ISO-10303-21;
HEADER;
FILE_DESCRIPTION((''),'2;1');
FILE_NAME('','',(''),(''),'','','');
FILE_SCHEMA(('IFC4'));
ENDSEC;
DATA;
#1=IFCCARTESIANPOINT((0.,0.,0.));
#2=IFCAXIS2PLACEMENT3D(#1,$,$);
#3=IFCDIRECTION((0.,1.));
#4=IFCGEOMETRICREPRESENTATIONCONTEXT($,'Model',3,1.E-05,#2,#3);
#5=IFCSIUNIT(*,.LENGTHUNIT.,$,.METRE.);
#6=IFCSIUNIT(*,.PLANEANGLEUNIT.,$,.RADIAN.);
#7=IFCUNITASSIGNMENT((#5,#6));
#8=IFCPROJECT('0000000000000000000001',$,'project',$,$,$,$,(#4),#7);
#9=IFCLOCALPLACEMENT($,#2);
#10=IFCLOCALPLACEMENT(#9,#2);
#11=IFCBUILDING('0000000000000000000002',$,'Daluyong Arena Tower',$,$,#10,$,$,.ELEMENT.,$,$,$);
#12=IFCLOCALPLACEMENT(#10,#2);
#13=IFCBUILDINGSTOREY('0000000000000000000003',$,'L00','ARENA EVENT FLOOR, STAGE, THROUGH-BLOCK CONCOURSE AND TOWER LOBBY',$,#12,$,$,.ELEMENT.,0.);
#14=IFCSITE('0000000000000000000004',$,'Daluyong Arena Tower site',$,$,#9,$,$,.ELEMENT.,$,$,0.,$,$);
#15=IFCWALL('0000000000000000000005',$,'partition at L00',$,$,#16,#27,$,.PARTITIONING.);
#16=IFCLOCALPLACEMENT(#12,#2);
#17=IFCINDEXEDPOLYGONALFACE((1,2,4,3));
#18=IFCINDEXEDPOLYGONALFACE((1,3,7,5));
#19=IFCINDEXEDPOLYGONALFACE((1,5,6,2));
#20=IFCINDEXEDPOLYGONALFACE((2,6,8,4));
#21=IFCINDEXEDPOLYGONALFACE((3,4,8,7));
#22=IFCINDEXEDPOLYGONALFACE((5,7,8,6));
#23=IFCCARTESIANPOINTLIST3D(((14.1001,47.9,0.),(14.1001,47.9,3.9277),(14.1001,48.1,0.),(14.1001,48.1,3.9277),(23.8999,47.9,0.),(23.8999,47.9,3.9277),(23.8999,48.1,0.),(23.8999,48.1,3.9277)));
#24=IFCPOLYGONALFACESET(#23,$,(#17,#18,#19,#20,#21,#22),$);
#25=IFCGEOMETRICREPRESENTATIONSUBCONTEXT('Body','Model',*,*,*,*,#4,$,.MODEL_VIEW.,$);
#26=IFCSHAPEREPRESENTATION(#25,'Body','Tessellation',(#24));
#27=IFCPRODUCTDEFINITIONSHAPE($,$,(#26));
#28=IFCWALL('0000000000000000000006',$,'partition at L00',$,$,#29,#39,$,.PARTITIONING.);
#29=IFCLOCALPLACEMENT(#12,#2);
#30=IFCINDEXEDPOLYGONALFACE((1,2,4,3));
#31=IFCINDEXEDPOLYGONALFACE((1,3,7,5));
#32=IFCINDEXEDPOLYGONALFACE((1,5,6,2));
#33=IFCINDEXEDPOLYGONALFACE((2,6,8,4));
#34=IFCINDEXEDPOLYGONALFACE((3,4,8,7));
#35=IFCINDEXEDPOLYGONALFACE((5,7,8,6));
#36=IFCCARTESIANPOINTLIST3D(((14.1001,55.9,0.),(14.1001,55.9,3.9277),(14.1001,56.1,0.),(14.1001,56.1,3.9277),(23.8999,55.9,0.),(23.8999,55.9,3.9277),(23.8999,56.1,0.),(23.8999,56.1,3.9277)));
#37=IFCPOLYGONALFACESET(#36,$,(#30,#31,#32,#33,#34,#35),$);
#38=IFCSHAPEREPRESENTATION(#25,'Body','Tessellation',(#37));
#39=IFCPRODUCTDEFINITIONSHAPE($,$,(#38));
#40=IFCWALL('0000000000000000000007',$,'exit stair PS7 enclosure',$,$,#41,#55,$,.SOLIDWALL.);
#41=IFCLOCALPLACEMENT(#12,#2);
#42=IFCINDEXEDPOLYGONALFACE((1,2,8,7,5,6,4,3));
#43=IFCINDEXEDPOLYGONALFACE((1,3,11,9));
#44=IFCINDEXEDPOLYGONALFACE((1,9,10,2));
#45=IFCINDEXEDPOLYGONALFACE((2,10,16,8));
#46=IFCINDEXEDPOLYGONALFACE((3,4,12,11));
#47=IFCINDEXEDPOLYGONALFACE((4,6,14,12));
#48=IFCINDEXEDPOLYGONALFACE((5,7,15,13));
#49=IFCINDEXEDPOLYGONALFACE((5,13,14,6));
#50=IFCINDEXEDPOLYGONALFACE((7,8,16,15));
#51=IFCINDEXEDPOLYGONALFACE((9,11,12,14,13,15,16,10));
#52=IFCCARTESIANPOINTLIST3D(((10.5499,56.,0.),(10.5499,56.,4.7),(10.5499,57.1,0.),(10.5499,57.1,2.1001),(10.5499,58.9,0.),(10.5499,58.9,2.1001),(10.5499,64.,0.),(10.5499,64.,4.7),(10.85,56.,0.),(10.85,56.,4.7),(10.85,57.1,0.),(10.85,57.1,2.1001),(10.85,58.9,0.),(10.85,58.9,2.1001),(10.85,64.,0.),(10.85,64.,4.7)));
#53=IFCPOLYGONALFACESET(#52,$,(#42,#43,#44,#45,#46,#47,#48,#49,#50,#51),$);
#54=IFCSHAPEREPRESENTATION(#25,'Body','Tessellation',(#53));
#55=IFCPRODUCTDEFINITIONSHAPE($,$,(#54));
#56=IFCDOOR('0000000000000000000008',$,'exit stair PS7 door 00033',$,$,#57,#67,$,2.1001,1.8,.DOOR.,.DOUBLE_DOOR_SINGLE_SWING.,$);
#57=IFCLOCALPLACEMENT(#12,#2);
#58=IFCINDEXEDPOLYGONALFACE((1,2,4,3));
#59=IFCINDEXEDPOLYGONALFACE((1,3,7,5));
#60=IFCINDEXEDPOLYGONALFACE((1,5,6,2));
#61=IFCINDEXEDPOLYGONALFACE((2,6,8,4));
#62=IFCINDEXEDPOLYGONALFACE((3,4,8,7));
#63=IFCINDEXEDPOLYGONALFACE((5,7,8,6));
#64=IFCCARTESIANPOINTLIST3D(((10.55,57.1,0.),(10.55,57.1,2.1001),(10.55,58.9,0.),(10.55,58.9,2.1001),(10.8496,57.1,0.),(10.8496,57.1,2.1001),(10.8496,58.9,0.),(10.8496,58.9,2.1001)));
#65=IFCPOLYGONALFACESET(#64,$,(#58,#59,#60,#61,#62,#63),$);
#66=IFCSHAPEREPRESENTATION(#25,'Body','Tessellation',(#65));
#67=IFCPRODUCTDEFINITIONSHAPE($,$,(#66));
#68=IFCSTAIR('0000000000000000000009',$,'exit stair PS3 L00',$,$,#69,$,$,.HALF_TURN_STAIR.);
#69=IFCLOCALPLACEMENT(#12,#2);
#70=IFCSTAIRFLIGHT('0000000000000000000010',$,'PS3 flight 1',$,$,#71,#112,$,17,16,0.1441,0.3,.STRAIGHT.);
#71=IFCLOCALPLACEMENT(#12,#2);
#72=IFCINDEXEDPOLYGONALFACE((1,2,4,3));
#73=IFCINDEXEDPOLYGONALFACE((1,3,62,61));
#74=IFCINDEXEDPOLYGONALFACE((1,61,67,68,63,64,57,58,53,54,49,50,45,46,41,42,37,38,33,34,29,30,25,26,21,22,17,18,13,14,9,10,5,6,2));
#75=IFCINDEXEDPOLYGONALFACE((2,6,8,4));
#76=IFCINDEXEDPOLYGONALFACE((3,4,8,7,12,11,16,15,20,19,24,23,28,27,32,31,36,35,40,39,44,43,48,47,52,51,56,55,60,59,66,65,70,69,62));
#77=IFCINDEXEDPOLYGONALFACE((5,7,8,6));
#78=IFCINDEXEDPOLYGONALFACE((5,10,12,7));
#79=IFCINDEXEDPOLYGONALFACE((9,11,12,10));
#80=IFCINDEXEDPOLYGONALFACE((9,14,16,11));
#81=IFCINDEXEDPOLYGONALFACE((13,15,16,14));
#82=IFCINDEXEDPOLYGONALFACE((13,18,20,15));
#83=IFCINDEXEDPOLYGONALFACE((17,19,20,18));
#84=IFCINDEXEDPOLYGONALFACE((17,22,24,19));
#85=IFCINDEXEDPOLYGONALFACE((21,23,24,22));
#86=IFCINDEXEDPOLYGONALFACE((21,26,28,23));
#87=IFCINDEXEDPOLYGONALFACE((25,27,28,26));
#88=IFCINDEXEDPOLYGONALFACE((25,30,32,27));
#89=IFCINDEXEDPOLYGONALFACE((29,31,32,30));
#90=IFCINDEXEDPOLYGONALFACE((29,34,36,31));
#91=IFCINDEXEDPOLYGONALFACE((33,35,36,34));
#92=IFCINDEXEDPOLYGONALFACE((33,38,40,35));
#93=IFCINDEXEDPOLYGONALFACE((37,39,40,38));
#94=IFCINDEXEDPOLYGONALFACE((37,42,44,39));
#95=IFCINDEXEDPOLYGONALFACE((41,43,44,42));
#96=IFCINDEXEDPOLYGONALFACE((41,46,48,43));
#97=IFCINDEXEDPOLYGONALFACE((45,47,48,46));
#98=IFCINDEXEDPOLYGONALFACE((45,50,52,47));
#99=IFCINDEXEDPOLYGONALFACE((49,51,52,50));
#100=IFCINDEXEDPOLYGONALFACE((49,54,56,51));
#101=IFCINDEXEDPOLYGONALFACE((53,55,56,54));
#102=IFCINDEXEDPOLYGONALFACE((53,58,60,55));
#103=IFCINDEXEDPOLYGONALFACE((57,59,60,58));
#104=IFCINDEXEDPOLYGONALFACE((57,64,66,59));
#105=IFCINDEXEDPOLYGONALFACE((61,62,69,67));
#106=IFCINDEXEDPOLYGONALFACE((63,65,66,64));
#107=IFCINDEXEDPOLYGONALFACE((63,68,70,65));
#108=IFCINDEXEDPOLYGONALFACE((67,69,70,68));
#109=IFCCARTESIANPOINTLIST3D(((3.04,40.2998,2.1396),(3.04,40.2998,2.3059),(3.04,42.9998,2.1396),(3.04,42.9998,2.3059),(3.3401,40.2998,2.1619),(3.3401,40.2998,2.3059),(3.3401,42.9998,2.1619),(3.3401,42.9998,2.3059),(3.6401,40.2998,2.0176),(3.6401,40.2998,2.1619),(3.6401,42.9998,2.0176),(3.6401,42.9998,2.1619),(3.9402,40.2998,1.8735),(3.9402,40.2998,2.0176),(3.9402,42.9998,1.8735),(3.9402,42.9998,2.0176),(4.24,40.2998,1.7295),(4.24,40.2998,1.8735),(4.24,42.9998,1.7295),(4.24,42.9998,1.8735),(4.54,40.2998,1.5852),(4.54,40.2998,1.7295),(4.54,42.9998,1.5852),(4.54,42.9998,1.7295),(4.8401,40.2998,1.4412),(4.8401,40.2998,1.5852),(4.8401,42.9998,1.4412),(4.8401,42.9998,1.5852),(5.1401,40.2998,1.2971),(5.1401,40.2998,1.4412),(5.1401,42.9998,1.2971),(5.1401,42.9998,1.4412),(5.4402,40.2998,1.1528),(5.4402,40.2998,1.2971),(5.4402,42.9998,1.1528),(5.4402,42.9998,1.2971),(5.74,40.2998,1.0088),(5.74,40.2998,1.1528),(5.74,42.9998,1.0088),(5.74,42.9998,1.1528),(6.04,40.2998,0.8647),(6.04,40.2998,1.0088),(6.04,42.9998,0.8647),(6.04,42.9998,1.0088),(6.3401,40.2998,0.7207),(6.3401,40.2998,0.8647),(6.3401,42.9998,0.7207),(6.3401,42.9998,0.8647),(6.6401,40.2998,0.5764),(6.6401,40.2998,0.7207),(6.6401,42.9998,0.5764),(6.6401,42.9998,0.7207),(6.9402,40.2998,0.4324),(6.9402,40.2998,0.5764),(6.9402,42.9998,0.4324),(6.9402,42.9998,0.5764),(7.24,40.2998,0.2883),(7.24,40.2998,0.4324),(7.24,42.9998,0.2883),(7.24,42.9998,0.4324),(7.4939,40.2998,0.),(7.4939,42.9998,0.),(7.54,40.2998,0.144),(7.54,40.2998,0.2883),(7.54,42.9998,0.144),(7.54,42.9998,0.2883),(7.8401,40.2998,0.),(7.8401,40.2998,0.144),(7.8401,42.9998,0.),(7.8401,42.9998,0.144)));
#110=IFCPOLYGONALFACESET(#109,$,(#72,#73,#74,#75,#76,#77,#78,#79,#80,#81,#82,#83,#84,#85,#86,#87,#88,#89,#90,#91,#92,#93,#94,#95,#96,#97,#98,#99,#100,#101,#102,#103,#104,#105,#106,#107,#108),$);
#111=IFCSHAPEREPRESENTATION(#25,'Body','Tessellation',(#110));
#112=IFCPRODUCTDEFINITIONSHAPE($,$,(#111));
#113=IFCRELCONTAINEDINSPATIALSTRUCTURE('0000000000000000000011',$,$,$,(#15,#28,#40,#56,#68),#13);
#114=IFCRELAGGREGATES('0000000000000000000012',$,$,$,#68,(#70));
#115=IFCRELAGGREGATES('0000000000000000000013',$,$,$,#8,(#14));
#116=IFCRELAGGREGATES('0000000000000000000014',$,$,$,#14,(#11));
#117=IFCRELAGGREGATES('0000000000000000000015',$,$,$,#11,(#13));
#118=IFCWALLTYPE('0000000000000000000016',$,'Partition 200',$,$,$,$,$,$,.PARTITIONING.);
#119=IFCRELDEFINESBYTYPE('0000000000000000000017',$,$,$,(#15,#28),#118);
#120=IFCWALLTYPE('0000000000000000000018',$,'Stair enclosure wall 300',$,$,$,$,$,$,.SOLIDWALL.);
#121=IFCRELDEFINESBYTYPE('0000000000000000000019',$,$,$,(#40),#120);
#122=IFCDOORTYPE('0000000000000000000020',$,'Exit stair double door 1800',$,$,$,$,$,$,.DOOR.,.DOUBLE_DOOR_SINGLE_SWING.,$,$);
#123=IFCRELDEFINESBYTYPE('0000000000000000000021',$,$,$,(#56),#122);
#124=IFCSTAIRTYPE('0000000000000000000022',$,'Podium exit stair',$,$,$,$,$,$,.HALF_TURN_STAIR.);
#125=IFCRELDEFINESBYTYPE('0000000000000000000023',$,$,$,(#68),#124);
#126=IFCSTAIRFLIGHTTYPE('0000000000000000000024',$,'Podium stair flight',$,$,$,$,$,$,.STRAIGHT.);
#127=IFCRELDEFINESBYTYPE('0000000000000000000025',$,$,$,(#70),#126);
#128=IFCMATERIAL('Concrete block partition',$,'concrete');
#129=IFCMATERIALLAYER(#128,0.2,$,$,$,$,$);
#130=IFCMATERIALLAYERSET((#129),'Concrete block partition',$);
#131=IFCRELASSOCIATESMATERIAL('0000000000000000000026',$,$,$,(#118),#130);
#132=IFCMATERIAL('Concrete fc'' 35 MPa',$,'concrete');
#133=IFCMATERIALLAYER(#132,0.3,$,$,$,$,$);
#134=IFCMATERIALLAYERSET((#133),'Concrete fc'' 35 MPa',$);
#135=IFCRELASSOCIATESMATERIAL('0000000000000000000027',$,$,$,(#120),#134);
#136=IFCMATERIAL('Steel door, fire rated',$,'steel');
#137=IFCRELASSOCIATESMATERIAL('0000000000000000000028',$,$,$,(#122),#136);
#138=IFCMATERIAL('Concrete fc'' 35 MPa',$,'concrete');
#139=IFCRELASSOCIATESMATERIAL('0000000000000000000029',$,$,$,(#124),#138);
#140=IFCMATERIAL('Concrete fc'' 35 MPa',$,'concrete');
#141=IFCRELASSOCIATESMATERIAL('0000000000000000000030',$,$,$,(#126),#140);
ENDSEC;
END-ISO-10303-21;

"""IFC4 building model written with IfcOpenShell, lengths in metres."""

from ifc_helpers import new_model, si_unit, direction, frame, frame_2d, origin, place, context, subcontext, project, spatial, polyline, rectangle, outline, extrude, material, layer, layer_set, type_object, element, fill, aggregate, save


model = new_model("IFC4")

# Units and contexts
model_context = context("Model", 3, precision=1e-05, world=origin(), true_north=direction((0.0, 1.0)))
body_context = subcontext(model_context, "Body", "Model", "MODEL_VIEW")
ifc_project = project(units=[si_unit("LENGTHUNIT", "METRE"), si_unit("PLANEANGLEUNIT", "RADIAN")], contexts=[model_context])

# Site, building, storey
site_placement = place(None, origin())
site = spatial("IfcSite", under=ifc_project, at=site_placement, Name="Daluyong Arena Tower site", CompositionType="ELEMENT", RefElevation=0.0)
building_placement = place(site_placement, origin())
building = spatial("IfcBuilding", under=site, at=building_placement, Name="Daluyong Arena Tower", CompositionType="ELEMENT")
storey_placement = place(building_placement, origin())
storey = spatial("IfcBuildingStorey", under=building, at=storey_placement, Name="L00", Description="ARENA EVENT FLOOR, STAGE, THROUGH-BLOCK CONCOURSE AND TOWER LOBBY", CompositionType="ELEMENT", Elevation=0.0)

# Walls
ifc_material_1 = material(Name="Concrete block partition", Category="concrete")
ifc_layer_1 = layer(ifc_material_1, 0.2)
ifc_layer_set_1 = layer_set([ifc_layer_1], Name="Concrete block partition")
wall_type_1 = type_object("IfcWallType", Name="Partition 200", PredefinedType="PARTITIONING", material=ifc_layer_set_1)
for number, where, z_axis, x_axis, name in (
    (1, (14.1001, 48.0, 0.0), (0.0, 0.0, 1.0), (1.0, 0.0, 0.0), "partition at L00"),
    (2, (14.1001, 56.0, 0.0), (0.0, 0.0, 1.0), (1.0, 0.0, 0.0), "partition at L00"),
):
    element("IfcWall", number, at=place(storey_placement, frame(where, z_axis=z_axis, x_axis=x_axis)), inside=storey, type_object=wall_type_1, Name=name, PredefinedType="PARTITIONING", context=body_context, shape_type="SweptSolid", body=[
        extrude(rectangle(XDim=9.7998, YDim=0.2, at=frame_2d((4.8999, 0.0))), origin(), (0.0, 0.0, 1.0), 3.9277),
    ])

# Wall, opening, door
ifc_material_2 = material(Name="Concrete fc' 35 MPa", Category="concrete")
ifc_layer_2 = layer(ifc_material_2, 0.3)
ifc_layer_set_2 = layer_set([ifc_layer_2], Name="Concrete fc' 35 MPa")
wall_type_2 = type_object("IfcWallType", Name="Stair enclosure wall 300", PredefinedType="SOLIDWALL", material=ifc_layer_set_2)
wall_1_placement = place(storey_placement, frame((10.7, 56.0, 0.0), z_axis=(0.0, 0.0, 1.0), x_axis=(0.0, 1.0, 0.0)))
wall_1 = element("IfcWall", 3, at=wall_1_placement, inside=storey, type_object=wall_type_2, Name="exit stair PS7 enclosure", PredefinedType="SOLIDWALL", context=body_context, shape_type="SweptSolid", body=[
    extrude(rectangle(XDim=8.0, YDim=0.3, at=frame_2d((4.0, 0.0))), origin(), (0.0, 0.0, 1.0), 4.7),
])
opening_placement = place(wall_1_placement, frame((1.1001, 0.0, 0.0)))
opening = element("IfcOpeningElement", 4, at=opening_placement, cuts=wall_1, PredefinedType="OPENING", context=body_context, shape_type="SweptSolid", body=[
    extrude(rectangle(XDim=1.8, YDim=2.1001, at=frame_2d((0.8999, 1.05))), frame((0.0, 0.1599, 0.0), z_axis=(0.0, -1.0, 0.0), x_axis=(1.0, 0.0, 0.0)), (0.0, 0.0, 1.0), 0.3201),
])
ifc_material_3 = material(Name="Steel door, fire rated", Category="steel")
door_type = type_object("IfcDoorType", Name="Exit stair double door 1800", OperationType="DOUBLE_DOOR_SINGLE_SWING", PredefinedType="DOOR", material=ifc_material_3)
door_placement = place(opening_placement, origin())
door = element("IfcDoor", 5, at=door_placement, inside=storey, type_object=door_type, Name="exit stair PS7 door 00033", OperationType="DOUBLE_DOOR_SINGLE_SWING", OverallHeight=2.1001, OverallWidth=1.8, PredefinedType="DOOR", context=body_context, shape_type="SweptSolid", body=[
    extrude(rectangle(XDim=1.8, YDim=2.1001, at=frame_2d((0.8999, 1.05))), frame((0.0, 0.1499, 0.0), z_axis=(0.0, -1.0, 0.0), x_axis=(1.0, 0.0, 0.0)), (0.0, 0.0, 1.0), 0.2996),
])
fill(opening, door)

# Stair, stair flight
ifc_material_4 = material(Name="Concrete fc' 35 MPa", Category="concrete")
stair_type = type_object("IfcStairType", Name="Podium exit stair", PredefinedType="HALF_TURN_STAIR", material=ifc_material_4)
stair_placement = place(storey_placement, origin())
stair = element("IfcStair", 6, at=stair_placement, inside=storey, type_object=stair_type, Name="exit stair PS3 L00", PredefinedType="HALF_TURN_STAIR")
ifc_material_5 = material(Name="Concrete fc' 35 MPa", Category="concrete")
stair_flight_type = type_object("IfcStairFlightType", Name="Podium stair flight", PredefinedType="STRAIGHT", material=ifc_material_5)
stair_flight_placement = place(storey_placement, frame((7.8401, 41.6499, 0.0), z_axis=(0.0, 0.0, 1.0), x_axis=(-1.0, 0.0, 0.0)))
stair_flight = element("IfcStairFlight", 7, at=stair_flight_placement, type_object=stair_flight_type, Name="PS3 flight 1", NumberOfRisers=17, NumberOfTreads=16, PredefinedType="STRAIGHT", RiserHeight=0.1441, TreadLength=0.3, context=body_context, shape_type="SweptSolid", body=[
    extrude(outline(polyline([(0.0, 0.0), (0.0, 0.144), (0.3, 0.144), (0.3, 0.2883), (0.6001, 0.2883), (0.6001, 0.4324), (0.8999, 0.4324), (0.8999, 0.5764), (1.2, 0.5764), (1.2, 0.7207), (1.5, 0.7207), (1.5, 0.8647), (1.8, 0.8647), (1.8, 1.0088), (2.1001, 1.0088), (2.1001, 1.1528), (2.3999, 1.1528), (2.3999, 1.2971), (2.7, 1.2971), (2.7, 1.4412), (3.0, 1.4412), (3.0, 1.5852), (3.3, 1.5852), (3.3, 1.7295), (3.6001, 1.7295), (3.6001, 1.8735), (3.8999, 1.8735), (3.8999, 2.0176), (4.2, 2.0176), (4.2, 2.1619), (4.5, 2.1619), (4.5, 2.3059), (4.8, 2.3059), (4.8, 2.45), (4.8, 2.1396), (0.3462, 0.0), (0.0, 0.0)])), frame((0.0, 1.3501, 0.0), z_axis=(0.0, -1.0, 0.0), x_axis=(1.0, 0.0, 0.0)), (0.0, 0.0, 1.0), 2.7),
])
aggregate(stair, [stair_flight])

save(model, "model.ifc")
